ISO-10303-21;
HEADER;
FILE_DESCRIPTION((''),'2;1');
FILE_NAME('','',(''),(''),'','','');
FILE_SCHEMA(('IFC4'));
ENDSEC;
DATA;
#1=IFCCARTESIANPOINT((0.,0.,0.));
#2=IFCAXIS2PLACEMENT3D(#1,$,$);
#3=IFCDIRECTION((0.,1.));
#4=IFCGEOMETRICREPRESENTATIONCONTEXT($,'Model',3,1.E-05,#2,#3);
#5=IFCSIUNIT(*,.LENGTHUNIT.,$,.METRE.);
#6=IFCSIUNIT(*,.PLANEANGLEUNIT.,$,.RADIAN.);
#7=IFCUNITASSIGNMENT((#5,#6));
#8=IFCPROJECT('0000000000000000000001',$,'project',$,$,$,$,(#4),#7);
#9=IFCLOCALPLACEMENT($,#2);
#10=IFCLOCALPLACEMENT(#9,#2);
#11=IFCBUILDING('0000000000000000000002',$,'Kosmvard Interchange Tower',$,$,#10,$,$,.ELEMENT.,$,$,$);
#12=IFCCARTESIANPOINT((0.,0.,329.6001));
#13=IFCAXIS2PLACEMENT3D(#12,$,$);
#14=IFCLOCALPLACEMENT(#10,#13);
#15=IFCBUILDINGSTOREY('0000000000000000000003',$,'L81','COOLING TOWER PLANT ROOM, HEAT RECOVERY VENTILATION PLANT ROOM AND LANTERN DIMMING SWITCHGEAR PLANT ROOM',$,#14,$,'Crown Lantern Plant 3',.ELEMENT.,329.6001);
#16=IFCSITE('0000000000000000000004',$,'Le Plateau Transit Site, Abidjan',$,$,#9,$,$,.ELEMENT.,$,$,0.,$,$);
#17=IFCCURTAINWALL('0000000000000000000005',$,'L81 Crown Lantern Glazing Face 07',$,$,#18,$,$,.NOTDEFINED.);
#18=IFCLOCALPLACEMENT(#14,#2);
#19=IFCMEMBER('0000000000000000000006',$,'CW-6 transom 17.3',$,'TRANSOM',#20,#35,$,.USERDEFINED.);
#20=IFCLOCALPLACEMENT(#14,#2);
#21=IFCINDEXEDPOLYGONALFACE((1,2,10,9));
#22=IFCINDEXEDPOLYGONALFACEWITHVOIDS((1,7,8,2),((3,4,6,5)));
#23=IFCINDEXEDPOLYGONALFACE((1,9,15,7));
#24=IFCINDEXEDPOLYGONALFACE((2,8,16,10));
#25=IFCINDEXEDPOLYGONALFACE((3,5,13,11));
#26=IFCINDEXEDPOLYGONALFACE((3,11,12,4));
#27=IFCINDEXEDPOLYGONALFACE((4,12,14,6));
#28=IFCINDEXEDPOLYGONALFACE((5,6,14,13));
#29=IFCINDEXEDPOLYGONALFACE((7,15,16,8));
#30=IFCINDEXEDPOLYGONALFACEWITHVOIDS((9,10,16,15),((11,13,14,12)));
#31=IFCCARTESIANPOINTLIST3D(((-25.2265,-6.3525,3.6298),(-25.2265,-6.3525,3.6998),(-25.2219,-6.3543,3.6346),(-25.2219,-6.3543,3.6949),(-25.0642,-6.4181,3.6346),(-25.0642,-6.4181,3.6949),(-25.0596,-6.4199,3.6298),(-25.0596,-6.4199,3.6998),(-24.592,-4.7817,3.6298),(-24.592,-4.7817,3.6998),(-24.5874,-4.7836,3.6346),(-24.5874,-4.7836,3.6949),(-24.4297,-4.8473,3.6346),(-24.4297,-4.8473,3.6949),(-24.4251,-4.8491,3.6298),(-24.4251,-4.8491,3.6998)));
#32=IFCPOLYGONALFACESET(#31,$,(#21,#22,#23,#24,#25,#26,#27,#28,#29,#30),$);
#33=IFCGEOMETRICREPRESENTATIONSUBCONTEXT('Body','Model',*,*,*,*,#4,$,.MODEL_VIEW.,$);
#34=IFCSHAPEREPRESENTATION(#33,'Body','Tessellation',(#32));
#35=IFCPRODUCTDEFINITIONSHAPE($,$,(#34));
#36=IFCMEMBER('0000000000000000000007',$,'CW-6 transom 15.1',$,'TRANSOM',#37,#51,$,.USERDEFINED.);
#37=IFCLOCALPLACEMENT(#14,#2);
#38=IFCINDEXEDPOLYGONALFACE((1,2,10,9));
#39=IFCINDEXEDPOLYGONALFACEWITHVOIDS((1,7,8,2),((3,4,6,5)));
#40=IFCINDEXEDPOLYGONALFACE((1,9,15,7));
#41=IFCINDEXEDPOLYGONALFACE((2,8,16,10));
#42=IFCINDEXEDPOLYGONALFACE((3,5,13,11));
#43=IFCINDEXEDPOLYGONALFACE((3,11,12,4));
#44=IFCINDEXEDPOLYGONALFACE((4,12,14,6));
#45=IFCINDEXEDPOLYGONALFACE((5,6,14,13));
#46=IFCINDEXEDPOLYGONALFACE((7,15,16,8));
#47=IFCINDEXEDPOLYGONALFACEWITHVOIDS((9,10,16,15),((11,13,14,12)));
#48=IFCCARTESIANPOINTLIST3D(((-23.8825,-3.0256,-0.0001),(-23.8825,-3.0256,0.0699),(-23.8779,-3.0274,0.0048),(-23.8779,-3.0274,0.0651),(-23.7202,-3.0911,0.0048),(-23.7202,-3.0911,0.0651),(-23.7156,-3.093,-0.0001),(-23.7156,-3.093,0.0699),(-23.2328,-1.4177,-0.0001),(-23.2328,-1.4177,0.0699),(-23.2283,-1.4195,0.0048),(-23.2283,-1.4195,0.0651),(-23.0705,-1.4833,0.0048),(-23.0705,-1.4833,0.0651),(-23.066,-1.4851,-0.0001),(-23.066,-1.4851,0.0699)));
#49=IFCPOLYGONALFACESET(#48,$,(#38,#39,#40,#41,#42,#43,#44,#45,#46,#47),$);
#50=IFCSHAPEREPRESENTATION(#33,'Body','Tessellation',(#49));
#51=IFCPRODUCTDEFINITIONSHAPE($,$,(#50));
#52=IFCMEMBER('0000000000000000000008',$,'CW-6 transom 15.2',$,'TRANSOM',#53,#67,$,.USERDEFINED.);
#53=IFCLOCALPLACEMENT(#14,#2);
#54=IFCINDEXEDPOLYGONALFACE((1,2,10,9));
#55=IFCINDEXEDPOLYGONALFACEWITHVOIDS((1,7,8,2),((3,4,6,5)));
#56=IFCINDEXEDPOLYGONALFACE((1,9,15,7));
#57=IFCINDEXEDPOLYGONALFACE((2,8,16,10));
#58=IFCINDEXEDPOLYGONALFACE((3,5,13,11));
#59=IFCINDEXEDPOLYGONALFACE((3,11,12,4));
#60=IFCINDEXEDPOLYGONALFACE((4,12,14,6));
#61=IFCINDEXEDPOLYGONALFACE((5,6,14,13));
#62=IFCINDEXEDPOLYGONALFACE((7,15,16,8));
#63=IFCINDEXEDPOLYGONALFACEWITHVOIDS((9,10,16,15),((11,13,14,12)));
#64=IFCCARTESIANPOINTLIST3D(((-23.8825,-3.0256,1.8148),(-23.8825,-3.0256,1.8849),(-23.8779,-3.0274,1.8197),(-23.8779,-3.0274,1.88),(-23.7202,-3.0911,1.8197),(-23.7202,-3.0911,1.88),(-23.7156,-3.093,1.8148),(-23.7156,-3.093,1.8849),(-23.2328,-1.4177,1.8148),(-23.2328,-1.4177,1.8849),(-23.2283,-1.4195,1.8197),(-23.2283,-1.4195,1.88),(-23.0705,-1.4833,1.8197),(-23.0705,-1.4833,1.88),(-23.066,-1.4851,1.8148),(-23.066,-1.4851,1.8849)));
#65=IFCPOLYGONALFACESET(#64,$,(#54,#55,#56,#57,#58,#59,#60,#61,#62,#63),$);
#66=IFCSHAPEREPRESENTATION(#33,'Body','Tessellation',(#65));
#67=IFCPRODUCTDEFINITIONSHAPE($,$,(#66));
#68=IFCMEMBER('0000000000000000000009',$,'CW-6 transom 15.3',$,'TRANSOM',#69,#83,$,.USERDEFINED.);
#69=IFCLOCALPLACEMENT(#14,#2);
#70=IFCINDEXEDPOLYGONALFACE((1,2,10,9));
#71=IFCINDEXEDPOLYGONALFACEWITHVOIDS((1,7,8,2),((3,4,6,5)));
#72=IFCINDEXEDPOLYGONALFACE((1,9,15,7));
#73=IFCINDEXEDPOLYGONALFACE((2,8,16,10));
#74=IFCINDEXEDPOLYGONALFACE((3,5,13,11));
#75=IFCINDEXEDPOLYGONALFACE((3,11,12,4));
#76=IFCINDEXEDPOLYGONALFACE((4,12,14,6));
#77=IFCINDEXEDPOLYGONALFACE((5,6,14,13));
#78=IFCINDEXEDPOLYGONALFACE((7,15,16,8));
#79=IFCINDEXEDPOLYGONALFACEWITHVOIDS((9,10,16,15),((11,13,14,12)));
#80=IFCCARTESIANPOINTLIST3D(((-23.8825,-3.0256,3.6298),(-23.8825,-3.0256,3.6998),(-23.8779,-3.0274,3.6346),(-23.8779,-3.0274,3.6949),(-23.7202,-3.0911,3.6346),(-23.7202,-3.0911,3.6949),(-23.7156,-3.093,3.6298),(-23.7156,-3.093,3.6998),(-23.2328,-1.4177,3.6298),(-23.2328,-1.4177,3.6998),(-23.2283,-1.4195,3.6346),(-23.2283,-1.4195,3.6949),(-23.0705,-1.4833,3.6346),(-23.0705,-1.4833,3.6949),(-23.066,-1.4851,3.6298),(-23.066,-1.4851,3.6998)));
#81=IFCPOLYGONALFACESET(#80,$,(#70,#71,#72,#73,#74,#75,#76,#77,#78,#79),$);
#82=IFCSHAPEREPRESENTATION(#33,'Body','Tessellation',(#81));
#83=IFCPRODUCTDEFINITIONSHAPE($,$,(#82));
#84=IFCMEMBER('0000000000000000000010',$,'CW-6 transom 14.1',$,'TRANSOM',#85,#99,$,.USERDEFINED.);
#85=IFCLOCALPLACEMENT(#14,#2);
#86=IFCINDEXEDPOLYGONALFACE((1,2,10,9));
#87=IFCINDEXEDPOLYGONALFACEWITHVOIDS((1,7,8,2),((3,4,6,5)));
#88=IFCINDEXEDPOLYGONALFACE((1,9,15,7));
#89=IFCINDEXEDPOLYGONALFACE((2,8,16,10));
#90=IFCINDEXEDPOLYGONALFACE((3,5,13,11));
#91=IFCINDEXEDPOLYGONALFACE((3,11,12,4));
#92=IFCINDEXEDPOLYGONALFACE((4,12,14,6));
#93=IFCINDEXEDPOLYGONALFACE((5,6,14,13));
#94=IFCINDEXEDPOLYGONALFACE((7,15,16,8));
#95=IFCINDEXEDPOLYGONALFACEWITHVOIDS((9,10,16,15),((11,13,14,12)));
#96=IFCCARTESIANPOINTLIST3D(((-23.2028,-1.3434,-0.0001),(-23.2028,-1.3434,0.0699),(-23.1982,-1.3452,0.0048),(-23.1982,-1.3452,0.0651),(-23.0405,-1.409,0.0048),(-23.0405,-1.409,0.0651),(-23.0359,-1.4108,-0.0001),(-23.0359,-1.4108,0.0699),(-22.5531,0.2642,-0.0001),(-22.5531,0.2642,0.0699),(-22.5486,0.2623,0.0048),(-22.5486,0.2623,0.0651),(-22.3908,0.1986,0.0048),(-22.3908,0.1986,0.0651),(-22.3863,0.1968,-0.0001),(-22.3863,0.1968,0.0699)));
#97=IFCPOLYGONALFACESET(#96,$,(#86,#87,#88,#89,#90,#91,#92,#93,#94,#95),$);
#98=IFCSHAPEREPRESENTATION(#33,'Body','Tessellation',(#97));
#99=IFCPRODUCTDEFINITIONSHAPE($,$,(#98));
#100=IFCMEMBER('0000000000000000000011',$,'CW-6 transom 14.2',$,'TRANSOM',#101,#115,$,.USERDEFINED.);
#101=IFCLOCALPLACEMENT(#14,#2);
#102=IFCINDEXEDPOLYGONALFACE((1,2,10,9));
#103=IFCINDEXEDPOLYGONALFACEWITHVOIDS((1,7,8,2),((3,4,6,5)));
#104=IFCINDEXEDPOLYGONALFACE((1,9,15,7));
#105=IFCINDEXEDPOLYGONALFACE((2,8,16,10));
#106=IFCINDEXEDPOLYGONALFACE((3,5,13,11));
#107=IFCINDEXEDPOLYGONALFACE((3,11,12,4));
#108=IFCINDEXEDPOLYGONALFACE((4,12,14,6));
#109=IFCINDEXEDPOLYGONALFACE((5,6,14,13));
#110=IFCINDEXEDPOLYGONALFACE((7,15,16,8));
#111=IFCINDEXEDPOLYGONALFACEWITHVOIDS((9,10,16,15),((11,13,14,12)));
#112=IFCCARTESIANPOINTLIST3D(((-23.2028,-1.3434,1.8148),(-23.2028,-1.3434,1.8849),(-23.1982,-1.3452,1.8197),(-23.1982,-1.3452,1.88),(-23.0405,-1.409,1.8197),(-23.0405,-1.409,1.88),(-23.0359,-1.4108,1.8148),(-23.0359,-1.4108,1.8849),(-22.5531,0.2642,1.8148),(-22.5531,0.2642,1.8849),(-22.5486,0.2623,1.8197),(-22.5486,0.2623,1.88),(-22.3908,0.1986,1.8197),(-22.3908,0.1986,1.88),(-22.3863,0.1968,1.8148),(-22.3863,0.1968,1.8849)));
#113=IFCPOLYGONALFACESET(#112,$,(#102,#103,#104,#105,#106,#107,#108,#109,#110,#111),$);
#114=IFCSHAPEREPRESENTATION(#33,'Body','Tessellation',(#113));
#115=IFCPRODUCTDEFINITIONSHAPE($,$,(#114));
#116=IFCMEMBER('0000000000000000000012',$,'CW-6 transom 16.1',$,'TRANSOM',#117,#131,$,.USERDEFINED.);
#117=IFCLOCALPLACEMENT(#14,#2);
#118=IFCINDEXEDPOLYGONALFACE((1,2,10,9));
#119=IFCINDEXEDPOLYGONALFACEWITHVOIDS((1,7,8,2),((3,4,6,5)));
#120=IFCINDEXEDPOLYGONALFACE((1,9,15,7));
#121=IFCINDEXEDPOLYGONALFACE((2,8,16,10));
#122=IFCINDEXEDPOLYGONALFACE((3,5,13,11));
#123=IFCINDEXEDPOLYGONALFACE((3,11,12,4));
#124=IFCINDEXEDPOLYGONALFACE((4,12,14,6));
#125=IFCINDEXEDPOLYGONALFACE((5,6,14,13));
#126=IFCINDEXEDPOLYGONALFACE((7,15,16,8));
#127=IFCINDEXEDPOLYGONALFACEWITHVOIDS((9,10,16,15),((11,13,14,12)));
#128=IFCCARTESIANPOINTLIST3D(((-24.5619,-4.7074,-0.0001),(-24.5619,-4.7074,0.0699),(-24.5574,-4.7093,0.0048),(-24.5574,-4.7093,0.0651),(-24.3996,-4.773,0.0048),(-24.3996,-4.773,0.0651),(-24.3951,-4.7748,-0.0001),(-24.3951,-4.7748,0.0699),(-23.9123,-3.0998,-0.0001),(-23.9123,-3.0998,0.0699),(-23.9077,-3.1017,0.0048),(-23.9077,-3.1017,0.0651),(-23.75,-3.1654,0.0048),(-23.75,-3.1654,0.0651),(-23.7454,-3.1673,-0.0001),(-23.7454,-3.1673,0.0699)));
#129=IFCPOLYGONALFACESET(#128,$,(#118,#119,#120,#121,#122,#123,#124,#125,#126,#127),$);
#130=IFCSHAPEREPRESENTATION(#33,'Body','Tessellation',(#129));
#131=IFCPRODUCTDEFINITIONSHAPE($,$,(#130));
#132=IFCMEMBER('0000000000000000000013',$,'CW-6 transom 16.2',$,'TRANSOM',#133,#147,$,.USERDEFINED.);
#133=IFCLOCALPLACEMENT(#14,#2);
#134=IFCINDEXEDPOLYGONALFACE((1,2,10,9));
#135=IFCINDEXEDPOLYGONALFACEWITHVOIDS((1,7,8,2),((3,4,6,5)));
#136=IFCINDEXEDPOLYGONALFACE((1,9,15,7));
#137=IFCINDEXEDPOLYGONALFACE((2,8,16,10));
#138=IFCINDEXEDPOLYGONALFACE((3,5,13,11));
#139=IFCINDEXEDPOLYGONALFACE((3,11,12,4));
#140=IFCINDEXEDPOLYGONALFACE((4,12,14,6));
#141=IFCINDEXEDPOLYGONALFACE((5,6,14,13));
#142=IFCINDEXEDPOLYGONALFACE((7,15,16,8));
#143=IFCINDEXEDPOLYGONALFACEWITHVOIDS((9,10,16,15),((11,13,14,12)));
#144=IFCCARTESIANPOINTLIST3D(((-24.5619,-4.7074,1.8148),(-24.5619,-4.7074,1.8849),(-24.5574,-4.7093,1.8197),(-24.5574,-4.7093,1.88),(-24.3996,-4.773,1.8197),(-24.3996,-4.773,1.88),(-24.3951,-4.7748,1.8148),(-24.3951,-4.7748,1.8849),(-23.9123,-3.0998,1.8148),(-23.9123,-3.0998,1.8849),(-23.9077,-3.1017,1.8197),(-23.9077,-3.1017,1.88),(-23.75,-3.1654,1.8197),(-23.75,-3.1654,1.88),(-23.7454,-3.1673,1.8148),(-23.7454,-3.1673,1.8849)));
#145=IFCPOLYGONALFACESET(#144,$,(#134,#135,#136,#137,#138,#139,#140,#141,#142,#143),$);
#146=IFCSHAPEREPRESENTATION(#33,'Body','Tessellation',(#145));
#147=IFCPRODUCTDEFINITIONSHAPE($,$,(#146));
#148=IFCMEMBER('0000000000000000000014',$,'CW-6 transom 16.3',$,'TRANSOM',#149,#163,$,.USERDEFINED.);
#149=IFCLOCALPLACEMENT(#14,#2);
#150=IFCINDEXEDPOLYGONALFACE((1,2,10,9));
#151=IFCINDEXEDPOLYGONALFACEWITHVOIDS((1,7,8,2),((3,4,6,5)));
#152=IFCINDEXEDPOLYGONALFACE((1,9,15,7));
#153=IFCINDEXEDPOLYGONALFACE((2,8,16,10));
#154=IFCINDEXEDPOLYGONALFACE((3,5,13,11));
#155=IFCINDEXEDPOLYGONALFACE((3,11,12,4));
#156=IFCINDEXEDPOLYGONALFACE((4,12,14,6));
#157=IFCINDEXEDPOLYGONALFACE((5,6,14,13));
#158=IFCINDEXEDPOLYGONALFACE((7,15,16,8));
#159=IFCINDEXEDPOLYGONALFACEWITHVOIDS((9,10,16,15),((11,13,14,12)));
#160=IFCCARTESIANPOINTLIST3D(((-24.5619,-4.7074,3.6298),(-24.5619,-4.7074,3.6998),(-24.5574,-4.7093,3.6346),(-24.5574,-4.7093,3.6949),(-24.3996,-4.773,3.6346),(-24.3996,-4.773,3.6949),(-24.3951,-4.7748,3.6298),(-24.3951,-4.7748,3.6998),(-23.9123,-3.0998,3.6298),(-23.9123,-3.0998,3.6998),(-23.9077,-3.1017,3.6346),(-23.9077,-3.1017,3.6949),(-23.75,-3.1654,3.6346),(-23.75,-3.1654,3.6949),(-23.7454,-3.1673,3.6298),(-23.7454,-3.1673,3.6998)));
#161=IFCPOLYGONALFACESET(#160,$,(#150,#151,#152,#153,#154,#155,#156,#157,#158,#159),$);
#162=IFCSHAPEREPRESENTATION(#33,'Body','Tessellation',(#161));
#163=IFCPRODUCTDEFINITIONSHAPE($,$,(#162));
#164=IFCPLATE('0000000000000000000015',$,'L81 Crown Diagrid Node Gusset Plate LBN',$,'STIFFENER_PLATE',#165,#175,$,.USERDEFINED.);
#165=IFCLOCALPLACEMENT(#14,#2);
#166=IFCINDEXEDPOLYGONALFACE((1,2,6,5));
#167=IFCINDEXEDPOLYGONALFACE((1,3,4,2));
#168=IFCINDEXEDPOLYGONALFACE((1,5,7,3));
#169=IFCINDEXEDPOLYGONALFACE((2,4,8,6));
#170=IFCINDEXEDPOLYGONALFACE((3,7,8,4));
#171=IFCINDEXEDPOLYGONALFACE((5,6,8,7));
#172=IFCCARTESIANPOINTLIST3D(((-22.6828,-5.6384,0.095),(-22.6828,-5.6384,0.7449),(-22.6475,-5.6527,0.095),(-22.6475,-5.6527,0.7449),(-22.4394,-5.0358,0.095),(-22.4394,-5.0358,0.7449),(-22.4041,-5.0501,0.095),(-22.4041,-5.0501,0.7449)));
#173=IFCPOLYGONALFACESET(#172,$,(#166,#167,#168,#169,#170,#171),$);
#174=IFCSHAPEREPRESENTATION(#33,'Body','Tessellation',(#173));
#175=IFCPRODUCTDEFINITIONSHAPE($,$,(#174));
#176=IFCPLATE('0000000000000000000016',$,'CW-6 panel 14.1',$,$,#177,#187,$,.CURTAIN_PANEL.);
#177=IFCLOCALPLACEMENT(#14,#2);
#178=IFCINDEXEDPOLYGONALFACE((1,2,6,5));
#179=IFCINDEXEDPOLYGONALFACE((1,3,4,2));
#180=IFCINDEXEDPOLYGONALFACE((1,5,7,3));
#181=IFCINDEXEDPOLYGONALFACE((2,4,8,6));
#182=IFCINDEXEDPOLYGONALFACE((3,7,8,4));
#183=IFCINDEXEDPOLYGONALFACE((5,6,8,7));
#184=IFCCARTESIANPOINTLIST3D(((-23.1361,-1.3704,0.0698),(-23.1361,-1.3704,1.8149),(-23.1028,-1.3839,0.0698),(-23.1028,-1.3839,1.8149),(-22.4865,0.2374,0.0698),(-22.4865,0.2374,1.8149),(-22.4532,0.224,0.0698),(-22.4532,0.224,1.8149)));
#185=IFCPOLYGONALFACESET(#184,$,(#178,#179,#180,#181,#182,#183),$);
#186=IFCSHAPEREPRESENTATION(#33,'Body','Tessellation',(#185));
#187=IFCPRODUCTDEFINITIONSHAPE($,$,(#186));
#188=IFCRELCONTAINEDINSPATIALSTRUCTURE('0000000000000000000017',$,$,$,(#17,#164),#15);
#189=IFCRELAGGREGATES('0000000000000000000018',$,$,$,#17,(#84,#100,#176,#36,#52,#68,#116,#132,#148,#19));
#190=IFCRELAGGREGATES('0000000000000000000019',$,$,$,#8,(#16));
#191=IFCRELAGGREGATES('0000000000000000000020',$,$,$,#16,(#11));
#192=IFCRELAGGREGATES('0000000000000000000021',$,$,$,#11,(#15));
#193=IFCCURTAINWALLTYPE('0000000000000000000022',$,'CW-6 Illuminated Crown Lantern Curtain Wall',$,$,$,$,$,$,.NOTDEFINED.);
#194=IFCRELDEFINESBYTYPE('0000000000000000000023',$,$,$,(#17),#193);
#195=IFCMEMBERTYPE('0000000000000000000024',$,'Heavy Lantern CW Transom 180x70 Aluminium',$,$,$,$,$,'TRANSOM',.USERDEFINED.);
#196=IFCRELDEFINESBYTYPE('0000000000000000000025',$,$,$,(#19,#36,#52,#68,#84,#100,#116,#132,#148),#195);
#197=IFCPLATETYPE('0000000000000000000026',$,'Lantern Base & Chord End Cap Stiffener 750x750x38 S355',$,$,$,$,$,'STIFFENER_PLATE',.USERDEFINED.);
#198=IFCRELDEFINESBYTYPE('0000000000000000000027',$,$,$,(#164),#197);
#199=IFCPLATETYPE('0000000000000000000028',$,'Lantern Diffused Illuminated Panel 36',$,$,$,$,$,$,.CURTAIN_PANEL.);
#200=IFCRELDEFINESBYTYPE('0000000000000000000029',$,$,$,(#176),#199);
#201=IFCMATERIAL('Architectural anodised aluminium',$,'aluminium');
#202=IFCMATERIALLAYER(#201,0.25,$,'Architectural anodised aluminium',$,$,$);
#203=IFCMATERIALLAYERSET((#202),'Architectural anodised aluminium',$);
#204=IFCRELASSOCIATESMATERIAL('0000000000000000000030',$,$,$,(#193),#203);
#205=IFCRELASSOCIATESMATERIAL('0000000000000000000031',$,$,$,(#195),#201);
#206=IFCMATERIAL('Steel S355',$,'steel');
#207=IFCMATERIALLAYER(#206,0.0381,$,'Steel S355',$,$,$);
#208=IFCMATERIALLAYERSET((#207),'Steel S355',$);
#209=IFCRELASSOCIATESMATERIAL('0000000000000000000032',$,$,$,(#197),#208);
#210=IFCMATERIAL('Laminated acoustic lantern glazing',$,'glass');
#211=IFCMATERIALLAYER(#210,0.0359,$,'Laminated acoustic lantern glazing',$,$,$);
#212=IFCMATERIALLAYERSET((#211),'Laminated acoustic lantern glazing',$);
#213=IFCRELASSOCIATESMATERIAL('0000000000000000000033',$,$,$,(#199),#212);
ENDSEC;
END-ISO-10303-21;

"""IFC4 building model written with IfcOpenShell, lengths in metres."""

from ifc_helpers import new_model, si_unit, direction, frame, origin, origin_2d, place, context, subcontext, project, spatial, rectangle, hollow_rectangle, extrude, source, transform, mapped, material, layer, layer_set, material_profile, profile_set, type_object, element, aggregate, save


model = new_model("IFC4")

# Units and contexts
model_context = context("Model", 3, precision=1e-05, world=origin(), true_north=direction((0.0, 1.0)))
body_context = subcontext(model_context, "Body", "Model", "MODEL_VIEW")
ifc_project = project(units=[si_unit("LENGTHUNIT", "METRE"), si_unit("PLANEANGLEUNIT", "RADIAN")], contexts=[model_context])

# Site, building, storey
site_placement = place(None, origin())
site = spatial("IfcSite", under=ifc_project, at=site_placement, Name="Le Plateau Transit Site, Abidjan", CompositionType="ELEMENT", RefElevation=0.0)
building_placement = place(site_placement, origin())
building = spatial("IfcBuilding", under=site, at=building_placement, Name="Kosmvard Interchange Tower", CompositionType="ELEMENT")
storey_placement = place(building_placement, frame((0.0, 0.0, 329.6001)))
storey = spatial("IfcBuildingStorey", under=building, at=storey_placement, Name="L81", Description="COOLING TOWER PLANT ROOM, HEAT RECOVERY VENTILATION PLANT ROOM AND LANTERN DIMMING SWITCHGEAR PLANT ROOM", LongName="Crown Lantern Plant 3", CompositionType="ELEMENT", Elevation=329.6001)

# Shared definitions
ifc_material_1 = material(Name="Steel S355", Category="steel")

# Curtain wall, members
ifc_material_2 = material(Name="Architectural anodised aluminium", Category="aluminium")
ifc_layer_1 = layer(ifc_material_2, 0.25, Name="Architectural anodised aluminium")
ifc_layer_set_1 = layer_set([ifc_layer_1], Name="Architectural anodised aluminium")
curtain_wall_type = type_object("IfcCurtainWallType", Name="CW-6 Illuminated Crown Lantern Curtain Wall", PredefinedType="NOTDEFINED", material=ifc_layer_set_1)
curtain_wall_placement = place(storey_placement, origin())
curtain_wall = element("IfcCurtainWall", 1, at=curtain_wall_placement, inside=storey, type_object=curtain_wall_type, Name="L81 Crown Lantern Glazing Face 07", PredefinedType="NOTDEFINED")
ifc_material_profile_1 = material_profile(ifc_material_2, hollow_rectangle(XDim=0.1799, YDim=0.0701, WallThickness=0.0049, at=origin_2d()), Name="CWT 180x70x5")
ifc_profile_set_1 = profile_set([ifc_material_profile_1], Name="Architectural anodised aluminium")
member_type_1 = type_object("IfcMemberType", Name="Heavy Lantern CW Transom 180x70 Aluminium", ElementType="TRANSOM", PredefinedType="USERDEFINED", material=ifc_profile_set_1)
shared_shape_1 = source(origin(), body_context, "Body", "SweptSolid", [
    extrude(hollow_rectangle(XDim=0.1799, YDim=0.0701, WallThickness=0.0049, at=origin_2d()), origin(), (0.0, 0.0, 1.0), 1.6941),
])
member_1_placement = place(storey_placement, frame((-24.5085, -4.8154, 3.6648), z_axis=(-0.374544, -0.927209, 0.0), x_axis=(0.927209, -0.374544, 0.0)))
member_1 = element("IfcMember", 2, at=member_1_placement, type_object=member_type_1, Name="CW-6 transom 17.3", ObjectType="TRANSOM", PredefinedType="USERDEFINED", context=body_context, shape_type="MappedRepresentation", body=[
    mapped(shared_shape_1, transform((0.0, 0.0, 0.0), scale=1.0)),
])
shared_shape_2 = source(origin(), body_context, "Body", "SweptSolid", [
    extrude(hollow_rectangle(XDim=0.1799, YDim=0.0701, WallThickness=0.0049, at=origin_2d()), origin(), (0.0, 0.0, 1.0), 1.7341),
])
member_2_placement = place(storey_placement, frame((-23.1494, -1.4514, 0.0349), z_axis=(-0.374617, -0.92718, 0.0), x_axis=(0.92718, -0.374617, 0.0)))
member_2 = element("IfcMember", 3, at=member_2_placement, type_object=member_type_1, Name="CW-6 transom 15.1", ObjectType="TRANSOM", PredefinedType="USERDEFINED", context=body_context, shape_type="MappedRepresentation", body=[
    mapped(shared_shape_2, transform((0.0, 0.0, 0.0), scale=1.0)),
])
member_3_placement = place(storey_placement, frame((-23.1494, -1.4514, 1.8499), z_axis=(-0.374617, -0.92718, 0.0), x_axis=(0.92718, -0.374617, 0.0)))
member_3 = element("IfcMember", 4, at=member_3_placement, type_object=member_type_1, Name="CW-6 transom 15.2", ObjectType="TRANSOM", PredefinedType="USERDEFINED", context=body_context, shape_type="MappedRepresentation", body=[
    mapped(shared_shape_2, transform((0.0, 0.0, 0.0), scale=1.0)),
])
member_4_placement = place(storey_placement, frame((-23.1494, -1.4514, 3.6648), z_axis=(-0.374617, -0.92718, 0.0), x_axis=(0.92718, -0.374617, 0.0)))
member_4 = element("IfcMember", 5, at=member_4_placement, type_object=member_type_1, Name="CW-6 transom 15.3", ObjectType="TRANSOM", PredefinedType="USERDEFINED", context=body_context, shape_type="MappedRepresentation", body=[
    mapped(shared_shape_2, transform((0.0, 0.0, 0.0), scale=1.0)),
])
shared_shape_3 = source(origin(), body_context, "Body", "SweptSolid", [
    extrude(hollow_rectangle(XDim=0.1799, YDim=0.0701, WallThickness=0.0049, at=origin_2d()), origin(), (0.0, 0.0, 1.0), 1.7339),
])
member_5_placement = place(storey_placement, frame((-22.4697, 0.2305, 0.0349), z_axis=(-0.374666, -0.92716, 0.0), x_axis=(0.92716, -0.374666, 0.0)))
member_5 = element("IfcMember", 6, at=member_5_placement, type_object=member_type_1, Name="CW-6 transom 14.1", ObjectType="TRANSOM", PredefinedType="USERDEFINED", context=body_context, shape_type="MappedRepresentation", body=[
    mapped(shared_shape_3, transform((0.0, 0.0, 0.0), scale=1.0)),
])
member_6_placement = place(storey_placement, frame((-22.4697, 0.2305, 1.8499), z_axis=(-0.374666, -0.92716, 0.0), x_axis=(0.92716, -0.374666, 0.0)))
member_6 = element("IfcMember", 7, at=member_6_placement, type_object=member_type_1, Name="CW-6 transom 14.2", ObjectType="TRANSOM", PredefinedType="USERDEFINED", context=body_context, shape_type="MappedRepresentation", body=[
    mapped(shared_shape_3, transform((0.0, 0.0, 0.0), scale=1.0)),
])
member_7_placement = place(storey_placement, frame((-23.8289, -3.1335, 0.0349), z_axis=(-0.374666, -0.92716, 0.0), x_axis=(0.92716, -0.374666, 0.0)))
member_7 = element("IfcMember", 8, at=member_7_placement, type_object=member_type_1, Name="CW-6 transom 16.1", ObjectType="TRANSOM", PredefinedType="USERDEFINED", context=body_context, shape_type="MappedRepresentation", body=[
    mapped(shared_shape_3, transform((0.0, 0.0, 0.0), scale=1.0)),
])
member_8_placement = place(storey_placement, frame((-23.8289, -3.1335, 1.8499), z_axis=(-0.374666, -0.92716, 0.0), x_axis=(0.92716, -0.374666, 0.0)))
member_8 = element("IfcMember", 9, at=member_8_placement, type_object=member_type_1, Name="CW-6 transom 16.2", ObjectType="TRANSOM", PredefinedType="USERDEFINED", context=body_context, shape_type="MappedRepresentation", body=[
    mapped(shared_shape_3, transform((0.0, 0.0, 0.0), scale=1.0)),
])
member_9_placement = place(storey_placement, frame((-23.8289, -3.1335, 3.6648), z_axis=(-0.374666, -0.92716, 0.0), x_axis=(0.92716, -0.374666, 0.0)))
member_9 = element("IfcMember", 10, at=member_9_placement, type_object=member_type_1, Name="CW-6 transom 16.3", ObjectType="TRANSOM", PredefinedType="USERDEFINED", context=body_context, shape_type="MappedRepresentation", body=[
    mapped(shared_shape_3, transform((0.0, 0.0, 0.0), scale=1.0)),
])

# Plates
ifc_layer_2 = layer(ifc_material_1, 0.0381, Name="Steel S355")
ifc_layer_set_2 = layer_set([ifc_layer_2], Name="Steel S355")
plate_type_1 = type_object("IfcPlateType", Name="Lantern Base & Chord End Cap Stiffener 750x750x38 S355", ElementType="STIFFENER_PLATE", PredefinedType="USERDEFINED", material=ifc_layer_set_2)
shared_shape_4 = source(origin(), body_context, "Body", "SweptSolid", [
    extrude(rectangle(XDim=0.6499, YDim=0.0381, at=origin_2d()), origin(), (0.0, 0.0, 1.0), 0.6499),
])
plate_1_placement = place(storey_placement, frame((-22.5435, -5.3442, 0.095), z_axis=(0.0, 0.0, 1.0), x_axis=(0.374607, 0.927184, 0.0)))
element("IfcPlate", 11, at=plate_1_placement, inside=storey, type_object=plate_type_1, Name="L81 Crown Diagrid Node Gusset Plate LBN", ObjectType="STIFFENER_PLATE", PredefinedType="USERDEFINED", context=body_context, shape_type="MappedRepresentation", body=[
    mapped(shared_shape_4, transform((0.0, 0.0, 0.0), scale=1.0)),
])
ifc_material_3 = material(Name="Laminated acoustic lantern glazing", Category="glass")
ifc_layer_3 = layer(ifc_material_3, 0.0359, Name="Laminated acoustic lantern glazing")
ifc_layer_set_3 = layer_set([ifc_layer_3], Name="Laminated acoustic lantern glazing")
plate_type_2 = type_object("IfcPlateType", Name="Lantern Diffused Illuminated Panel 36", PredefinedType="CURTAIN_PANEL", material=ifc_layer_set_3)
shared_shape_5 = source(origin(), body_context, "Body", "SweptSolid", [
    extrude(rectangle(XDim=1.7341, YDim=0.0359, at=origin_2d()), origin(), (0.0, 0.0, 1.0), 1.7451),
])
plate_2_placement = place(storey_placement, frame((-22.7947, -0.5732, 0.0698), z_axis=(0.0, 0.0, 1.0), x_axis=(-0.374607, -0.927184, 0.0)))
plate_2 = element("IfcPlate", 12, at=plate_2_placement, type_object=plate_type_2, Name="CW-6 panel 14.1", PredefinedType="CURTAIN_PANEL", context=body_context, shape_type="MappedRepresentation", body=[
    mapped(shared_shape_5, transform((0.0, 0.0, 0.0), scale=1.0)),
])
aggregate(curtain_wall, [member_5, member_6, plate_2, member_2, member_3, member_4, member_7, member_8, member_9, member_1])

save(model, "model.ifc")
